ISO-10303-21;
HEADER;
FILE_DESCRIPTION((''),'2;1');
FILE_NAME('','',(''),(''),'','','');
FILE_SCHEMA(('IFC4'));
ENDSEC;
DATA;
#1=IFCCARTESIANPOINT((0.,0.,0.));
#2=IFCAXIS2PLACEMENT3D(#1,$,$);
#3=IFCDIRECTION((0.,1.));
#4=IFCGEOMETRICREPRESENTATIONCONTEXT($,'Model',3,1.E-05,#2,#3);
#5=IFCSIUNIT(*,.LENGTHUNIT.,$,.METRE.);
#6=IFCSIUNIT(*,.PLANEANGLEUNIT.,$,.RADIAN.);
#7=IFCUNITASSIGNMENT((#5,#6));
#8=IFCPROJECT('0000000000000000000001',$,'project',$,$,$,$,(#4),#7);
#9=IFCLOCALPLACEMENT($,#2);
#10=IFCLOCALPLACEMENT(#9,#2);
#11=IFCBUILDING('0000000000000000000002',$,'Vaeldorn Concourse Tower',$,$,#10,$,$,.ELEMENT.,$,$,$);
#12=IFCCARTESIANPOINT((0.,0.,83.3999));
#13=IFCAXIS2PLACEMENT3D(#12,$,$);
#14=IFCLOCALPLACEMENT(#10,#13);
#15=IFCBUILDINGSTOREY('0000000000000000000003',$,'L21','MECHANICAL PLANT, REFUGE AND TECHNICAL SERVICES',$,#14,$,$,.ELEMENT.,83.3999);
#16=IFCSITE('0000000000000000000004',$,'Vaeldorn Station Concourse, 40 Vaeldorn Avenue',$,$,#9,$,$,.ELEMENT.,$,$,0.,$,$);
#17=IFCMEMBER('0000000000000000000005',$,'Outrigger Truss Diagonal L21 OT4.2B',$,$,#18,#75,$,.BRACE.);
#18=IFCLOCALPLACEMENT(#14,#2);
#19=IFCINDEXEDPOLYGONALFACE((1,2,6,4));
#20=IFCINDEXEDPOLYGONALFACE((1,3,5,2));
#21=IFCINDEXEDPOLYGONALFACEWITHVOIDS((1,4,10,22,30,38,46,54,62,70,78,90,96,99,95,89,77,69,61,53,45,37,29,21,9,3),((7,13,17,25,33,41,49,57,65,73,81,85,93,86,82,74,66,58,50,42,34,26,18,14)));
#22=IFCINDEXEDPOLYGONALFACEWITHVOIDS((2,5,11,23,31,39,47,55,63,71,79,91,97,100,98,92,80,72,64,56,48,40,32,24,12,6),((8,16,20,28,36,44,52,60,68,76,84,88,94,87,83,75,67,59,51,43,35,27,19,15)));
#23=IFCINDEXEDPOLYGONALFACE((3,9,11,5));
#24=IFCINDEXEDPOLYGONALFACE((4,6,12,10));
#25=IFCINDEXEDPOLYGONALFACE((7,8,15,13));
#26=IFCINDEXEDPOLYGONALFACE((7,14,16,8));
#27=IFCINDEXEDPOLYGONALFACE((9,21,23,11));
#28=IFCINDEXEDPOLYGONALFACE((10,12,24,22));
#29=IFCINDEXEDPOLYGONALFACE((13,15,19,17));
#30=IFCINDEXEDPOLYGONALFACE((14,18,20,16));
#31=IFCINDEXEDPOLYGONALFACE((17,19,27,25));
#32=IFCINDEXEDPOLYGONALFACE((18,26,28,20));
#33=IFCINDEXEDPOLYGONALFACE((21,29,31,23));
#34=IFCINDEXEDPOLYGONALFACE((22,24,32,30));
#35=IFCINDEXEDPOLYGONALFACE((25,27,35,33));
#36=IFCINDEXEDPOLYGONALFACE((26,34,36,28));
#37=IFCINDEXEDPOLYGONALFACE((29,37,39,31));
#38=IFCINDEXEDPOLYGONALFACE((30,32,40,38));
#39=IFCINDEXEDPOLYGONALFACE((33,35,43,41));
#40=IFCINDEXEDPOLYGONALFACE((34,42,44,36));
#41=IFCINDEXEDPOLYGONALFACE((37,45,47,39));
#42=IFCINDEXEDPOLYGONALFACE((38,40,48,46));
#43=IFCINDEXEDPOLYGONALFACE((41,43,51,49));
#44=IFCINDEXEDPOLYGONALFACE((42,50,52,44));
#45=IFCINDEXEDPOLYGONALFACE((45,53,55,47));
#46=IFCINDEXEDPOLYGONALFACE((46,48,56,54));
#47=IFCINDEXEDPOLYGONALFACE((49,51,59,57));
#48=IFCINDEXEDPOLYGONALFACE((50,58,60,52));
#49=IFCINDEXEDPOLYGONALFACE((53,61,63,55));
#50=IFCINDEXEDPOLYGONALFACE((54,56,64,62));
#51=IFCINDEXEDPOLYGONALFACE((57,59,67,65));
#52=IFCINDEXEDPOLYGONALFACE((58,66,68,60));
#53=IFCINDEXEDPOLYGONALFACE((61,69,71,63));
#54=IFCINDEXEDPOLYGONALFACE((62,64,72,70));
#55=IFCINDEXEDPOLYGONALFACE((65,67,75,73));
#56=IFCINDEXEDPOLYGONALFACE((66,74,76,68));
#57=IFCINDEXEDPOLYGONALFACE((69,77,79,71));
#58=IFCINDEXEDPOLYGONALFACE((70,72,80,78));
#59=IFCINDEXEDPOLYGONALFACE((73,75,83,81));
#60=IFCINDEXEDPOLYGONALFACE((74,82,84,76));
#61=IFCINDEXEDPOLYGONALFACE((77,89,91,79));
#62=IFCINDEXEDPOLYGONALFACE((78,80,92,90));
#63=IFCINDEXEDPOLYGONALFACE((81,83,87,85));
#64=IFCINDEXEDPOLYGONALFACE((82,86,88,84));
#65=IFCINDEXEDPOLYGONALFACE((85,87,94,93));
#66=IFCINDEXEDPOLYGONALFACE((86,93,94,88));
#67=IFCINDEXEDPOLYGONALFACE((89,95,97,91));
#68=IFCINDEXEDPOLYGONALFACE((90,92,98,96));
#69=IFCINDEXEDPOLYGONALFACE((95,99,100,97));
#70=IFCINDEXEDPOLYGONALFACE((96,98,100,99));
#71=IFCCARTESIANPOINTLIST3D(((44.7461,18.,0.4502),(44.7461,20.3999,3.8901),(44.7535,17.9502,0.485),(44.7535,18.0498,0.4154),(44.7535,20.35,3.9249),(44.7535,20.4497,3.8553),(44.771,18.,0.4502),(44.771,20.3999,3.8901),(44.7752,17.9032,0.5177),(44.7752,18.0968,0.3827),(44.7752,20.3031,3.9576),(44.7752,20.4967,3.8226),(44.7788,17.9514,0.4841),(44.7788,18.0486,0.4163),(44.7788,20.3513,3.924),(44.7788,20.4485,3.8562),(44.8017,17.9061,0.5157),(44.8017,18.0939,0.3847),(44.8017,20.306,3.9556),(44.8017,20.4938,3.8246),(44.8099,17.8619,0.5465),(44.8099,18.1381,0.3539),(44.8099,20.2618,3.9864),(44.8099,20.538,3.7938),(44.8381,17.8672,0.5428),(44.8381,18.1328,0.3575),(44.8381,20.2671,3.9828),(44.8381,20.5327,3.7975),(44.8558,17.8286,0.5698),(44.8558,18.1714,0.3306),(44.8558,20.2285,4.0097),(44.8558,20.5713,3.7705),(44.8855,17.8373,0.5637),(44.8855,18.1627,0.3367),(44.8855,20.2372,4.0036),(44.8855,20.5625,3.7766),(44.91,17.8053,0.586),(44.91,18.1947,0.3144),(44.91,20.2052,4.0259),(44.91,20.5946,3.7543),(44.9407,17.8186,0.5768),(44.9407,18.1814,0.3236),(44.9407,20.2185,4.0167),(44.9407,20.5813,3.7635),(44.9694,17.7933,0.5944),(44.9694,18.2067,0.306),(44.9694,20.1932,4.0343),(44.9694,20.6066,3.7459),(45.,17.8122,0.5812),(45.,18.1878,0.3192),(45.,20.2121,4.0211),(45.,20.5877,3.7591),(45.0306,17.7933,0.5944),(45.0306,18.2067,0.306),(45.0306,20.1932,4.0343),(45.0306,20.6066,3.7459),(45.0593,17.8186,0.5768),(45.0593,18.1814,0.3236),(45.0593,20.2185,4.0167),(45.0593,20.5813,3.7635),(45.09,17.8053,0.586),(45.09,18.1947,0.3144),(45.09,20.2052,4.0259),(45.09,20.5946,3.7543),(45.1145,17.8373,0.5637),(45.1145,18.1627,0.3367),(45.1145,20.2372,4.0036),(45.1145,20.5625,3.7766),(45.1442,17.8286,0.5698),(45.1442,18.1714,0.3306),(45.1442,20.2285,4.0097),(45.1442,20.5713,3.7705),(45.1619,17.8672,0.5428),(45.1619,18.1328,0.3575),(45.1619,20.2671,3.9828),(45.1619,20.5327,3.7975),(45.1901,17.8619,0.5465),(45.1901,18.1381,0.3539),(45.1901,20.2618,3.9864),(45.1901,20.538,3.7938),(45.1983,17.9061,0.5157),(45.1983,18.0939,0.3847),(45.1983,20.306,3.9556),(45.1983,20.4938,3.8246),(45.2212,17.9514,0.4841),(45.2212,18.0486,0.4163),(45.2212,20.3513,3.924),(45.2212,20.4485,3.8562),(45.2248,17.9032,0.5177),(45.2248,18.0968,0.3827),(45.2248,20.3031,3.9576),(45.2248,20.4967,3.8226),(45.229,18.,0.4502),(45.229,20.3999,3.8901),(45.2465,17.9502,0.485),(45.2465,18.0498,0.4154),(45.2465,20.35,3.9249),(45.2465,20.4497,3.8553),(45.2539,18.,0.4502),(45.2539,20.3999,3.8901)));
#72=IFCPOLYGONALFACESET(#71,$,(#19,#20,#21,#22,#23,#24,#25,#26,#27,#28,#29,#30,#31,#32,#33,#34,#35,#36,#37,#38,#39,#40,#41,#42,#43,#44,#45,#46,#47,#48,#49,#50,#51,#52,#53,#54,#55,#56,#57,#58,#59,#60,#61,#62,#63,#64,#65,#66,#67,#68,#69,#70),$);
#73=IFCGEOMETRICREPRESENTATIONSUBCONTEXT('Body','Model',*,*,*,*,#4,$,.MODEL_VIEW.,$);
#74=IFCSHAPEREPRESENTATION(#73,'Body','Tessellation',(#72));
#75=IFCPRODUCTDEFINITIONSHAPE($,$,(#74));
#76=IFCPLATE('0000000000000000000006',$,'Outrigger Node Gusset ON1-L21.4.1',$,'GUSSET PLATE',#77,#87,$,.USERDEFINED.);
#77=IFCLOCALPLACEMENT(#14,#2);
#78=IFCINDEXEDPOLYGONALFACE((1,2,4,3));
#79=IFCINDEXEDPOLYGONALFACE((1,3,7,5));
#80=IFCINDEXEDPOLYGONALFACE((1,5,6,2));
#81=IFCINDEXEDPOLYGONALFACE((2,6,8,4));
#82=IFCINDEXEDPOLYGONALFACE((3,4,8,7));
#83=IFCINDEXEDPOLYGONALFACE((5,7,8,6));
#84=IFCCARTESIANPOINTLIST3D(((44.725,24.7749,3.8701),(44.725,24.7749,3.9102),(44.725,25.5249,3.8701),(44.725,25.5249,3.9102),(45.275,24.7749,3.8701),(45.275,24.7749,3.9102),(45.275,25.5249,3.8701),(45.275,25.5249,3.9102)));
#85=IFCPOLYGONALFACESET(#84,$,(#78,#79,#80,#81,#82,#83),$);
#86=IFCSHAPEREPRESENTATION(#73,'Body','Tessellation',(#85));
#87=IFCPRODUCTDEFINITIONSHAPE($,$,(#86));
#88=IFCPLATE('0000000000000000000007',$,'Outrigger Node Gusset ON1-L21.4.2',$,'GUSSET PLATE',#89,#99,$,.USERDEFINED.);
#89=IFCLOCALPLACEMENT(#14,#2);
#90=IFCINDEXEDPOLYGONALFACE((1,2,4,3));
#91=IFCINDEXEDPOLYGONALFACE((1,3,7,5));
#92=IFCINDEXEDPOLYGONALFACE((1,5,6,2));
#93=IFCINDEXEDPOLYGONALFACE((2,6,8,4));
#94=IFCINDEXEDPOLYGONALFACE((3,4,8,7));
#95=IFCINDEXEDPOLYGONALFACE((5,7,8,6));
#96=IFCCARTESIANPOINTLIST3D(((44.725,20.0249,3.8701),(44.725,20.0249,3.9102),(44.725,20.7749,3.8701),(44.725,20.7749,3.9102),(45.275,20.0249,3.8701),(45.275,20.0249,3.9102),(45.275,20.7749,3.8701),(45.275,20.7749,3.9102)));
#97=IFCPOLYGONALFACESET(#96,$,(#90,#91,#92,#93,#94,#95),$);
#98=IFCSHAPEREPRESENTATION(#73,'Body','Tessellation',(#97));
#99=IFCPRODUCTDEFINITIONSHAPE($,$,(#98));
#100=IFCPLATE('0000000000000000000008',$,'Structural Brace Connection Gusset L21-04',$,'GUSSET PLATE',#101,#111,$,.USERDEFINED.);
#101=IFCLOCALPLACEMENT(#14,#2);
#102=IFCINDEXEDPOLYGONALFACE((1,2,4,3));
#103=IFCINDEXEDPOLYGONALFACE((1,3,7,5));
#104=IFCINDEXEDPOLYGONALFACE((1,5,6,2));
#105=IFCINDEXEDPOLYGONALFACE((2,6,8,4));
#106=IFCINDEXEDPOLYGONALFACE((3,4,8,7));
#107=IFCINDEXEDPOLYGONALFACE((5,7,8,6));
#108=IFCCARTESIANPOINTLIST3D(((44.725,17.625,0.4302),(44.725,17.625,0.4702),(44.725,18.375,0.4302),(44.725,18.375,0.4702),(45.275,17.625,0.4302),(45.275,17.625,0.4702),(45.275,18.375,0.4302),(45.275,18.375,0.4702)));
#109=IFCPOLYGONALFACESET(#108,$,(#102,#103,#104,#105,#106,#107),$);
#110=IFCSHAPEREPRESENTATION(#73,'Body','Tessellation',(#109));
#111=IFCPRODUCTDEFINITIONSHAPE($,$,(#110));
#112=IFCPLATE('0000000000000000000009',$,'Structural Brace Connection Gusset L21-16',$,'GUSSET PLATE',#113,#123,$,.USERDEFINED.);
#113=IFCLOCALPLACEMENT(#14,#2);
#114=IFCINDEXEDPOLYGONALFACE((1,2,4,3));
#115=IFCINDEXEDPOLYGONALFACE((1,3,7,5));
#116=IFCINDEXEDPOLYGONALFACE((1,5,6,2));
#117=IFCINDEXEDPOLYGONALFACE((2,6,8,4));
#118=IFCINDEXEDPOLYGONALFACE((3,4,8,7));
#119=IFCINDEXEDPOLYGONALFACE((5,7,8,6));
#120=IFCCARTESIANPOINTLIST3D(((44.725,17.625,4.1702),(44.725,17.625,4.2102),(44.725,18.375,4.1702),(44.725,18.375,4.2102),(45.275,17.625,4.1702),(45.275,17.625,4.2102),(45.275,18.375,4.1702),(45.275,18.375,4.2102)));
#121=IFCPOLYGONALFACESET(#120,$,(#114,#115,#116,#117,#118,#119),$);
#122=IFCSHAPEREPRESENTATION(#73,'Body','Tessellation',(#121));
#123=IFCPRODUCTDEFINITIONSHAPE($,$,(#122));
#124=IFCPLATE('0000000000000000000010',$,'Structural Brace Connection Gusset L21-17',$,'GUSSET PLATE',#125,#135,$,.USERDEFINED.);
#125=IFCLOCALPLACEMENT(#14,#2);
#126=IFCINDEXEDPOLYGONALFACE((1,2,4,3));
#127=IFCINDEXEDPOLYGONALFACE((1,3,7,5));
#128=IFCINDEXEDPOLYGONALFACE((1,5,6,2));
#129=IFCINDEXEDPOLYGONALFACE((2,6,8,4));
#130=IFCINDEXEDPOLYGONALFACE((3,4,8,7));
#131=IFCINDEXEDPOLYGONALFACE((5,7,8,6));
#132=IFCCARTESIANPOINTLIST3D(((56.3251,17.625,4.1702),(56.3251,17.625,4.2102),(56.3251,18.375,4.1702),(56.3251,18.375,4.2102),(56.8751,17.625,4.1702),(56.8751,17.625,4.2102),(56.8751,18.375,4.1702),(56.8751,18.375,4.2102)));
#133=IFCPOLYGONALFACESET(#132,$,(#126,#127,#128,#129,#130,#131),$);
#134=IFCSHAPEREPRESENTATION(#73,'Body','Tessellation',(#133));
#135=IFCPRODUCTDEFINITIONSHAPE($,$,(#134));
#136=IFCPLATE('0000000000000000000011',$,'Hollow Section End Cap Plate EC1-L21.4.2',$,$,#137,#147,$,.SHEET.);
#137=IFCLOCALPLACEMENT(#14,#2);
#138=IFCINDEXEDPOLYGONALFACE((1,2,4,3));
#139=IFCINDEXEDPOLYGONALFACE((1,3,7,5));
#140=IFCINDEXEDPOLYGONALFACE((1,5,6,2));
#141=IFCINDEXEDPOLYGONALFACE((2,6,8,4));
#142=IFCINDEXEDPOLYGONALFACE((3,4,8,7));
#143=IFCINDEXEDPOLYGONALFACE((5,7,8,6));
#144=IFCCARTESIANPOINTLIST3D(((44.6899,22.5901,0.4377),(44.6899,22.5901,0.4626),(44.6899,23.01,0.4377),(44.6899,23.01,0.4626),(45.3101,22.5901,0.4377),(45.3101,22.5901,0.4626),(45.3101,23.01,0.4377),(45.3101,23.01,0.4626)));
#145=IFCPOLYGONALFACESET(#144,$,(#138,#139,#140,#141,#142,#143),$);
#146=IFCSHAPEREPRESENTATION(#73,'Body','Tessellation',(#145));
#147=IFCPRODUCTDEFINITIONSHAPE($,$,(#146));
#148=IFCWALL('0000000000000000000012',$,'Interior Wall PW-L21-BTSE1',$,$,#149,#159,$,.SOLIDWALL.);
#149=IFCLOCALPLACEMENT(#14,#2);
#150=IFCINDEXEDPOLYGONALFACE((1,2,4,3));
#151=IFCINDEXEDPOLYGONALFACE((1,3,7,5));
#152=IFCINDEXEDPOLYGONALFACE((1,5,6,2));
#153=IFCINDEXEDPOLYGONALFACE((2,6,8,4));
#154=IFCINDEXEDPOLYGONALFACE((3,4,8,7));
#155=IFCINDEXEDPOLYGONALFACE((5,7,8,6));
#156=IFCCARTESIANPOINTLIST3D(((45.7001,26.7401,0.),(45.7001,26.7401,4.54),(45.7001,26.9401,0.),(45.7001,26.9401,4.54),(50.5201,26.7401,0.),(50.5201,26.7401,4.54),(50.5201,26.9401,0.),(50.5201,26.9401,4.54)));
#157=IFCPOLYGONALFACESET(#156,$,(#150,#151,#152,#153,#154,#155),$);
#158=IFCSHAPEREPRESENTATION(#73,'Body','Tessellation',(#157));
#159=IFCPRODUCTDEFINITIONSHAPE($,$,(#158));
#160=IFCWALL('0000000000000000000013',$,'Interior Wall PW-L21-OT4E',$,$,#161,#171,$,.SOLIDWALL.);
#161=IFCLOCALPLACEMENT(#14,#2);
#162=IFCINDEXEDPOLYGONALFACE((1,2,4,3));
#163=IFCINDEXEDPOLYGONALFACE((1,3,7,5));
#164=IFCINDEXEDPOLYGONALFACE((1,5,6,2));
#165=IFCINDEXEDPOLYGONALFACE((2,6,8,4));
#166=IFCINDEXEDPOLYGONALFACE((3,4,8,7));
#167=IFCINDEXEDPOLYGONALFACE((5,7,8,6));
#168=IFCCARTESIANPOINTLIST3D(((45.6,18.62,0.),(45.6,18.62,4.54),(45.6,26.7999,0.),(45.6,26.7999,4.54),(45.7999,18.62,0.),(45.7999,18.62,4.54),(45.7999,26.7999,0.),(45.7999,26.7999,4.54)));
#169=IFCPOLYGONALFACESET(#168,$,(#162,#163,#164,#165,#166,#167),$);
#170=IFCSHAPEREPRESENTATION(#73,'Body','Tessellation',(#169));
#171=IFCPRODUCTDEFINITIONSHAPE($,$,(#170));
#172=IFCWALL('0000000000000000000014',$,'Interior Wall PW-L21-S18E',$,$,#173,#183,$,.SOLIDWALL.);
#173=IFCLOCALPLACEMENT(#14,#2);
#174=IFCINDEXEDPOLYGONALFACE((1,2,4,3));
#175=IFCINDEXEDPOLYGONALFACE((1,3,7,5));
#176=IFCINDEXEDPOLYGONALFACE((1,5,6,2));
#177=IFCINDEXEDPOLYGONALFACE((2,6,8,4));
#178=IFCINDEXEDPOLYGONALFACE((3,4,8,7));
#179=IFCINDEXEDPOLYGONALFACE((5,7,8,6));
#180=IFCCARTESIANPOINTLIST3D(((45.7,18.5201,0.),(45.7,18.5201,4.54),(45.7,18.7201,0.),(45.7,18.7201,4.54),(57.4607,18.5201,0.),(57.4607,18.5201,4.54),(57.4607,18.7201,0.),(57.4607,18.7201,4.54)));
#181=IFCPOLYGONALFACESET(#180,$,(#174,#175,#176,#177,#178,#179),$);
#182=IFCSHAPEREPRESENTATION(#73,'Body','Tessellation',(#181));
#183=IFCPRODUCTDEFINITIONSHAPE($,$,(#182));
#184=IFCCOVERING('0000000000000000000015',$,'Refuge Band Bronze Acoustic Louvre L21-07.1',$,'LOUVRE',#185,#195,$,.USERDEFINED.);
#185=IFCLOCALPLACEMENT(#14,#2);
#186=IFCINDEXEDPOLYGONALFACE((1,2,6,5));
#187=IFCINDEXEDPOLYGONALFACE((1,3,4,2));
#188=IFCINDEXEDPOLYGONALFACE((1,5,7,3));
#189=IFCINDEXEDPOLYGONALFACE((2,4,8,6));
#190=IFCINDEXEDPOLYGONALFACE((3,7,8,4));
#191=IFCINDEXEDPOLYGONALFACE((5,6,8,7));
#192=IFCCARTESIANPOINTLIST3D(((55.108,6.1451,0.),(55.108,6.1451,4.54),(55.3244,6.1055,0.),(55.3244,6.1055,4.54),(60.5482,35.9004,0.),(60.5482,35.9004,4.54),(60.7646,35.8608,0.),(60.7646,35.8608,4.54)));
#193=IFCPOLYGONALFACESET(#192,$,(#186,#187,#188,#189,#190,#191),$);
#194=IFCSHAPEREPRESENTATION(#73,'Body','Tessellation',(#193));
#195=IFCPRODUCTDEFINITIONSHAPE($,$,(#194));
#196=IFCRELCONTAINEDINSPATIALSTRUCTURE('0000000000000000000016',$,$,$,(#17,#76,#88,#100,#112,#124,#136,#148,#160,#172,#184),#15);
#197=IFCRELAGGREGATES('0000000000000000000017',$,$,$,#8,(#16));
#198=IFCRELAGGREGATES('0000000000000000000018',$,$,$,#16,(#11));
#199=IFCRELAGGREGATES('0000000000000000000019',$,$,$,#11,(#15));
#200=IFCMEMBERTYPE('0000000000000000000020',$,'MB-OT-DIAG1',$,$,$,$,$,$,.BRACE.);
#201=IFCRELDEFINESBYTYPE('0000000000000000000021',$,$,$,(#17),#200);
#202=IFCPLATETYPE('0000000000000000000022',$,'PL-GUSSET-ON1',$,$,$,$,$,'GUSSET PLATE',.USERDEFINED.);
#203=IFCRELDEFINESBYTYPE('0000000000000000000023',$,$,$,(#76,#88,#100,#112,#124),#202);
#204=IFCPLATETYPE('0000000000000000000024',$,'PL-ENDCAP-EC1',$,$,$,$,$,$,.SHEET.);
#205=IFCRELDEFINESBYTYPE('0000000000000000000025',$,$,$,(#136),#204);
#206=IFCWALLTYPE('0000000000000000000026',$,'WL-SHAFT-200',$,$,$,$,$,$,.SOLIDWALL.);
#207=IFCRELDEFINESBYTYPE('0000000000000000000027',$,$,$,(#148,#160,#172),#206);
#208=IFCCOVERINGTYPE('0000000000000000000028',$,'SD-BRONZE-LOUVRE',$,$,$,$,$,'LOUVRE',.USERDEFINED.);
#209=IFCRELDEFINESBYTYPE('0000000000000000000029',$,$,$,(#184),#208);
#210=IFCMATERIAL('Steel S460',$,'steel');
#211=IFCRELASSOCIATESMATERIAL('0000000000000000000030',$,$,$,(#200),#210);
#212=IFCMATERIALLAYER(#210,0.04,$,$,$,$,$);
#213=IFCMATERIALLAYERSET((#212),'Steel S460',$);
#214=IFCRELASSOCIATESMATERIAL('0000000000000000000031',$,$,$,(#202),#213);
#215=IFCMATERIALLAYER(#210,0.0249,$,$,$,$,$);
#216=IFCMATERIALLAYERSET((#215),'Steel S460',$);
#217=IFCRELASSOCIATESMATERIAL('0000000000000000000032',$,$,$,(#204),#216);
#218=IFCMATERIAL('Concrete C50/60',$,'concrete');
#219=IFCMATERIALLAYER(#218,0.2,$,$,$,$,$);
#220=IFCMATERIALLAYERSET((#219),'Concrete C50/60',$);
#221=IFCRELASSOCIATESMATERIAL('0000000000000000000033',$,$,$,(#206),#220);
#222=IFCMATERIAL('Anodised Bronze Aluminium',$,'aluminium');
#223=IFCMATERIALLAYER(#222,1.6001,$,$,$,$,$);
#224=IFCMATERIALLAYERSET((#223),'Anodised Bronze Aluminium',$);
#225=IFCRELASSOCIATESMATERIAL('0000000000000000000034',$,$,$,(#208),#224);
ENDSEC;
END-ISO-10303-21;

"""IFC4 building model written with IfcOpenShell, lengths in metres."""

from ifc_helpers import new_model, si_unit, direction, frame, frame_2d, origin, origin_2d, place, context, subcontext, project, spatial, rectangle, hollow_circle, extrude, source, transform, mapped, material, layer, layer_set, material_profile, profile_set, type_object, element, save


model = new_model("IFC4")

# Units and contexts
model_context = context("Model", 3, precision=1e-05, world=origin(), true_north=direction((0.0, 1.0)))
body_context = subcontext(model_context, "Body", "Model", "MODEL_VIEW")
ifc_project = project(units=[si_unit("LENGTHUNIT", "METRE"), si_unit("PLANEANGLEUNIT", "RADIAN")], contexts=[model_context])

# Site, building, storey
site_placement = place(None, origin())
site = spatial("IfcSite", under=ifc_project, at=site_placement, Name="Vaeldorn Station Concourse, 40 Vaeldorn Avenue", CompositionType="ELEMENT", RefElevation=0.0)
building_placement = place(site_placement, origin())
building = spatial("IfcBuilding", under=site, at=building_placement, Name="Vaeldorn Concourse Tower", CompositionType="ELEMENT")
storey_placement = place(building_placement, frame((0.0, 0.0, 83.3999)))
storey = spatial("IfcBuildingStorey", under=building, at=storey_placement, Name="L21", Description="MECHANICAL PLANT, REFUGE AND TECHNICAL SERVICES", CompositionType="ELEMENT", Elevation=83.3999)

# Shared definitions
ifc_material_1 = material(Name="Steel S460", Category="steel")

# Member
ifc_material_profile_1 = material_profile(ifc_material_1, hollow_circle(Radius=0.2539, WallThickness=0.0249, at=origin_2d()), Name="CHS 508x25")
ifc_profile_set_1 = profile_set([ifc_material_profile_1], Name="Steel S460")
member_type_1 = type_object("IfcMemberType", Name="MB-OT-DIAG1", PredefinedType="BRACE", material=ifc_profile_set_1)
shared_shape_1 = source(origin(), body_context, "Body", "SweptSolid", [
    extrude(hollow_circle(Radius=0.2539, WallThickness=0.0249, at=origin_2d()), origin(), (0.0, 0.0, 1.0), 4.1943),
])
member_1_placement = place(storey_placement, frame((45.0, 18.0, 0.4502), z_axis=(0.0, 0.572172, 0.820133), x_axis=(-1.0, 0.0, 0.0)))
element("IfcMember", 1, at=member_1_placement, inside=storey, type_object=member_type_1, Name="Outrigger Truss Diagonal L21 OT4.2B", PredefinedType="BRACE", context=body_context, shape_type="MappedRepresentation", body=[
    mapped(shared_shape_1, transform((0.0, 0.0, 0.0), scale=1.0)),
])

# Plates
ifc_layer_1 = layer(ifc_material_1, 0.04)
ifc_layer_set_1 = layer_set([ifc_layer_1], Name="Steel S460")
plate_type_1 = type_object("IfcPlateType", Name="PL-GUSSET-ON1", ElementType="GUSSET PLATE", PredefinedType="USERDEFINED", material=ifc_layer_set_1)
shared_shape_2 = source(origin(), body_context, "Body", "SweptSolid", [
    extrude(rectangle(XDim=0.75, YDim=0.55, at=origin_2d()), origin(), (0.0, 0.0, 1.0), 0.04),
])
for number, where, z_axis, x_axis, name in (
    (2, (45.0, 25.1499, 3.8701), (0.0, 0.0, 1.0), (0.0, 1.0, 0.0), "Outrigger Node Gusset ON1-L21.4.1"),
    (3, (45.0, 20.3999, 3.8701), (0.0, 0.0, 1.0), (0.0, 1.0, 0.0), "Outrigger Node Gusset ON1-L21.4.2"),
    (4, (45.0, 18.0, 0.4302), (0.0, 0.0, 1.0), (0.0, 1.0, 0.0), "Structural Brace Connection Gusset L21-04"),
    (5, (45.0, 18.0, 4.1702), (0.0, 0.0, 1.0), (0.0, 1.0, 0.0), "Structural Brace Connection Gusset L21-16"),
    (6, (56.6001, 18.0, 4.1702), (0.0, 0.0, 1.0), (0.0, 1.0, 0.0), "Structural Brace Connection Gusset L21-17"),
):
    element("IfcPlate", number, at=place(storey_placement, frame(where, z_axis=z_axis, x_axis=x_axis)), inside=storey, type_object=plate_type_1, Name=name, ObjectType="GUSSET PLATE", PredefinedType="USERDEFINED", context=body_context, shape_type="MappedRepresentation", body=[
        mapped(shared_shape_2, transform((0.0, 0.0, 0.0), scale=1.0)),
    ])
ifc_layer_2 = layer(ifc_material_1, 0.0249)
ifc_layer_set_2 = layer_set([ifc_layer_2], Name="Steel S460")
plate_type_2 = type_object("IfcPlateType", Name="PL-ENDCAP-EC1", PredefinedType="SHEET", material=ifc_layer_set_2)
shared_shape_3 = source(origin(), body_context, "Body", "SweptSolid", [
    extrude(rectangle(XDim=0.6201, YDim=0.4199, at=origin_2d()), origin(), (0.0, 0.0, 1.0), 0.0249),
])
plate_placement = place(storey_placement, frame((45.0, 22.8, 0.4377), z_axis=(0.0, 0.0, 1.0), x_axis=(1.0, 0.0, 0.0)))
element("IfcPlate", 7, at=plate_placement, inside=storey, type_object=plate_type_2, Name="Hollow Section End Cap Plate EC1-L21.4.2", PredefinedType="SHEET", context=body_context, shape_type="MappedRepresentation", body=[
    mapped(shared_shape_3, transform((0.0, 0.0, 0.0), scale=1.0)),
])

# Walls
ifc_material_2 = material(Name="Concrete C50/60", Category="concrete")
ifc_layer_3 = layer(ifc_material_2, 0.2)
ifc_layer_set_3 = layer_set([ifc_layer_3], Name="Concrete C50/60")
wall_type = type_object("IfcWallType", Name="WL-SHAFT-200", PredefinedType="SOLIDWALL", material=ifc_layer_set_3)
wall_1_placement = place(storey_placement, frame((45.7, 26.8401, 0.0), z_axis=(0.0, 0.0, 1.0), x_axis=(1.0, 0.0, 0.0)))
element("IfcWall", 8, at=wall_1_placement, inside=storey, type_object=wall_type, Name="Interior Wall PW-L21-BTSE1", PredefinedType="SOLIDWALL", context=body_context, shape_type="SweptSolid", body=[
    extrude(rectangle(XDim=4.8201, YDim=0.2, at=frame_2d((2.4102, 0.0))), origin(), (0.0, 0.0, 1.0), 4.54),
])
wall_2_placement = place(storey_placement, frame((45.7, 18.6201, 0.0), z_axis=(0.0, 0.0, 1.0), x_axis=(0.0, 1.0, 0.0)))
element("IfcWall", 9, at=wall_2_placement, inside=storey, type_object=wall_type, Name="Interior Wall PW-L21-OT4E", PredefinedType="SOLIDWALL", context=body_context, shape_type="SweptSolid", body=[
    extrude(rectangle(XDim=8.1799, YDim=0.2, at=frame_2d((4.0898, 0.0))), origin(), (0.0, 0.0, 1.0), 4.54),
])
wall_3_placement = place(storey_placement, frame((45.7, 18.6201, 0.0), z_axis=(0.0, 0.0, 1.0), x_axis=(1.0, 0.0, 0.0)))
element("IfcWall", 10, at=wall_3_placement, inside=storey, type_object=wall_type, Name="Interior Wall PW-L21-S18E", PredefinedType="SOLIDWALL", context=body_context, shape_type="SweptSolid", body=[
    extrude(rectangle(XDim=11.7607, YDim=0.2, at=frame_2d((5.8804, 0.0))), origin(), (0.0, 0.0, 1.0), 4.54),
])

# Covering
ifc_material_3 = material(Name="Anodised Bronze Aluminium", Category="aluminium")
ifc_layer_4 = layer(ifc_material_3, 1.6001)
ifc_layer_set_4 = layer_set([ifc_layer_4], Name="Anodised Bronze Aluminium")
covering_type = type_object("IfcCoveringType", Name="SD-BRONZE-LOUVRE", ElementType="LOUVRE", PredefinedType="USERDEFINED", material=ifc_layer_set_4)
shared_shape_4 = source(origin(), body_context, "Body", "SweptSolid", [
    extrude(rectangle(XDim=30.2485, YDim=0.22, at=origin_2d()), origin(), (0.0, 0.0, 1.0), 4.54),
])
covering_placement = place(storey_placement, frame((57.9363, 21.0029, 0.0), z_axis=(0.0, 0.0, 1.0), x_axis=(0.17985, 0.983694, 0.0)))
element("IfcCovering", 11, at=covering_placement, inside=storey, type_object=covering_type, Name="Refuge Band Bronze Acoustic Louvre L21-07.1", ObjectType="LOUVRE", PredefinedType="USERDEFINED", context=body_context, shape_type="MappedRepresentation", body=[
    mapped(shared_shape_4, transform((0.0, 0.0, 0.0), scale=1.0)),
])

save(model, "model.ifc")
